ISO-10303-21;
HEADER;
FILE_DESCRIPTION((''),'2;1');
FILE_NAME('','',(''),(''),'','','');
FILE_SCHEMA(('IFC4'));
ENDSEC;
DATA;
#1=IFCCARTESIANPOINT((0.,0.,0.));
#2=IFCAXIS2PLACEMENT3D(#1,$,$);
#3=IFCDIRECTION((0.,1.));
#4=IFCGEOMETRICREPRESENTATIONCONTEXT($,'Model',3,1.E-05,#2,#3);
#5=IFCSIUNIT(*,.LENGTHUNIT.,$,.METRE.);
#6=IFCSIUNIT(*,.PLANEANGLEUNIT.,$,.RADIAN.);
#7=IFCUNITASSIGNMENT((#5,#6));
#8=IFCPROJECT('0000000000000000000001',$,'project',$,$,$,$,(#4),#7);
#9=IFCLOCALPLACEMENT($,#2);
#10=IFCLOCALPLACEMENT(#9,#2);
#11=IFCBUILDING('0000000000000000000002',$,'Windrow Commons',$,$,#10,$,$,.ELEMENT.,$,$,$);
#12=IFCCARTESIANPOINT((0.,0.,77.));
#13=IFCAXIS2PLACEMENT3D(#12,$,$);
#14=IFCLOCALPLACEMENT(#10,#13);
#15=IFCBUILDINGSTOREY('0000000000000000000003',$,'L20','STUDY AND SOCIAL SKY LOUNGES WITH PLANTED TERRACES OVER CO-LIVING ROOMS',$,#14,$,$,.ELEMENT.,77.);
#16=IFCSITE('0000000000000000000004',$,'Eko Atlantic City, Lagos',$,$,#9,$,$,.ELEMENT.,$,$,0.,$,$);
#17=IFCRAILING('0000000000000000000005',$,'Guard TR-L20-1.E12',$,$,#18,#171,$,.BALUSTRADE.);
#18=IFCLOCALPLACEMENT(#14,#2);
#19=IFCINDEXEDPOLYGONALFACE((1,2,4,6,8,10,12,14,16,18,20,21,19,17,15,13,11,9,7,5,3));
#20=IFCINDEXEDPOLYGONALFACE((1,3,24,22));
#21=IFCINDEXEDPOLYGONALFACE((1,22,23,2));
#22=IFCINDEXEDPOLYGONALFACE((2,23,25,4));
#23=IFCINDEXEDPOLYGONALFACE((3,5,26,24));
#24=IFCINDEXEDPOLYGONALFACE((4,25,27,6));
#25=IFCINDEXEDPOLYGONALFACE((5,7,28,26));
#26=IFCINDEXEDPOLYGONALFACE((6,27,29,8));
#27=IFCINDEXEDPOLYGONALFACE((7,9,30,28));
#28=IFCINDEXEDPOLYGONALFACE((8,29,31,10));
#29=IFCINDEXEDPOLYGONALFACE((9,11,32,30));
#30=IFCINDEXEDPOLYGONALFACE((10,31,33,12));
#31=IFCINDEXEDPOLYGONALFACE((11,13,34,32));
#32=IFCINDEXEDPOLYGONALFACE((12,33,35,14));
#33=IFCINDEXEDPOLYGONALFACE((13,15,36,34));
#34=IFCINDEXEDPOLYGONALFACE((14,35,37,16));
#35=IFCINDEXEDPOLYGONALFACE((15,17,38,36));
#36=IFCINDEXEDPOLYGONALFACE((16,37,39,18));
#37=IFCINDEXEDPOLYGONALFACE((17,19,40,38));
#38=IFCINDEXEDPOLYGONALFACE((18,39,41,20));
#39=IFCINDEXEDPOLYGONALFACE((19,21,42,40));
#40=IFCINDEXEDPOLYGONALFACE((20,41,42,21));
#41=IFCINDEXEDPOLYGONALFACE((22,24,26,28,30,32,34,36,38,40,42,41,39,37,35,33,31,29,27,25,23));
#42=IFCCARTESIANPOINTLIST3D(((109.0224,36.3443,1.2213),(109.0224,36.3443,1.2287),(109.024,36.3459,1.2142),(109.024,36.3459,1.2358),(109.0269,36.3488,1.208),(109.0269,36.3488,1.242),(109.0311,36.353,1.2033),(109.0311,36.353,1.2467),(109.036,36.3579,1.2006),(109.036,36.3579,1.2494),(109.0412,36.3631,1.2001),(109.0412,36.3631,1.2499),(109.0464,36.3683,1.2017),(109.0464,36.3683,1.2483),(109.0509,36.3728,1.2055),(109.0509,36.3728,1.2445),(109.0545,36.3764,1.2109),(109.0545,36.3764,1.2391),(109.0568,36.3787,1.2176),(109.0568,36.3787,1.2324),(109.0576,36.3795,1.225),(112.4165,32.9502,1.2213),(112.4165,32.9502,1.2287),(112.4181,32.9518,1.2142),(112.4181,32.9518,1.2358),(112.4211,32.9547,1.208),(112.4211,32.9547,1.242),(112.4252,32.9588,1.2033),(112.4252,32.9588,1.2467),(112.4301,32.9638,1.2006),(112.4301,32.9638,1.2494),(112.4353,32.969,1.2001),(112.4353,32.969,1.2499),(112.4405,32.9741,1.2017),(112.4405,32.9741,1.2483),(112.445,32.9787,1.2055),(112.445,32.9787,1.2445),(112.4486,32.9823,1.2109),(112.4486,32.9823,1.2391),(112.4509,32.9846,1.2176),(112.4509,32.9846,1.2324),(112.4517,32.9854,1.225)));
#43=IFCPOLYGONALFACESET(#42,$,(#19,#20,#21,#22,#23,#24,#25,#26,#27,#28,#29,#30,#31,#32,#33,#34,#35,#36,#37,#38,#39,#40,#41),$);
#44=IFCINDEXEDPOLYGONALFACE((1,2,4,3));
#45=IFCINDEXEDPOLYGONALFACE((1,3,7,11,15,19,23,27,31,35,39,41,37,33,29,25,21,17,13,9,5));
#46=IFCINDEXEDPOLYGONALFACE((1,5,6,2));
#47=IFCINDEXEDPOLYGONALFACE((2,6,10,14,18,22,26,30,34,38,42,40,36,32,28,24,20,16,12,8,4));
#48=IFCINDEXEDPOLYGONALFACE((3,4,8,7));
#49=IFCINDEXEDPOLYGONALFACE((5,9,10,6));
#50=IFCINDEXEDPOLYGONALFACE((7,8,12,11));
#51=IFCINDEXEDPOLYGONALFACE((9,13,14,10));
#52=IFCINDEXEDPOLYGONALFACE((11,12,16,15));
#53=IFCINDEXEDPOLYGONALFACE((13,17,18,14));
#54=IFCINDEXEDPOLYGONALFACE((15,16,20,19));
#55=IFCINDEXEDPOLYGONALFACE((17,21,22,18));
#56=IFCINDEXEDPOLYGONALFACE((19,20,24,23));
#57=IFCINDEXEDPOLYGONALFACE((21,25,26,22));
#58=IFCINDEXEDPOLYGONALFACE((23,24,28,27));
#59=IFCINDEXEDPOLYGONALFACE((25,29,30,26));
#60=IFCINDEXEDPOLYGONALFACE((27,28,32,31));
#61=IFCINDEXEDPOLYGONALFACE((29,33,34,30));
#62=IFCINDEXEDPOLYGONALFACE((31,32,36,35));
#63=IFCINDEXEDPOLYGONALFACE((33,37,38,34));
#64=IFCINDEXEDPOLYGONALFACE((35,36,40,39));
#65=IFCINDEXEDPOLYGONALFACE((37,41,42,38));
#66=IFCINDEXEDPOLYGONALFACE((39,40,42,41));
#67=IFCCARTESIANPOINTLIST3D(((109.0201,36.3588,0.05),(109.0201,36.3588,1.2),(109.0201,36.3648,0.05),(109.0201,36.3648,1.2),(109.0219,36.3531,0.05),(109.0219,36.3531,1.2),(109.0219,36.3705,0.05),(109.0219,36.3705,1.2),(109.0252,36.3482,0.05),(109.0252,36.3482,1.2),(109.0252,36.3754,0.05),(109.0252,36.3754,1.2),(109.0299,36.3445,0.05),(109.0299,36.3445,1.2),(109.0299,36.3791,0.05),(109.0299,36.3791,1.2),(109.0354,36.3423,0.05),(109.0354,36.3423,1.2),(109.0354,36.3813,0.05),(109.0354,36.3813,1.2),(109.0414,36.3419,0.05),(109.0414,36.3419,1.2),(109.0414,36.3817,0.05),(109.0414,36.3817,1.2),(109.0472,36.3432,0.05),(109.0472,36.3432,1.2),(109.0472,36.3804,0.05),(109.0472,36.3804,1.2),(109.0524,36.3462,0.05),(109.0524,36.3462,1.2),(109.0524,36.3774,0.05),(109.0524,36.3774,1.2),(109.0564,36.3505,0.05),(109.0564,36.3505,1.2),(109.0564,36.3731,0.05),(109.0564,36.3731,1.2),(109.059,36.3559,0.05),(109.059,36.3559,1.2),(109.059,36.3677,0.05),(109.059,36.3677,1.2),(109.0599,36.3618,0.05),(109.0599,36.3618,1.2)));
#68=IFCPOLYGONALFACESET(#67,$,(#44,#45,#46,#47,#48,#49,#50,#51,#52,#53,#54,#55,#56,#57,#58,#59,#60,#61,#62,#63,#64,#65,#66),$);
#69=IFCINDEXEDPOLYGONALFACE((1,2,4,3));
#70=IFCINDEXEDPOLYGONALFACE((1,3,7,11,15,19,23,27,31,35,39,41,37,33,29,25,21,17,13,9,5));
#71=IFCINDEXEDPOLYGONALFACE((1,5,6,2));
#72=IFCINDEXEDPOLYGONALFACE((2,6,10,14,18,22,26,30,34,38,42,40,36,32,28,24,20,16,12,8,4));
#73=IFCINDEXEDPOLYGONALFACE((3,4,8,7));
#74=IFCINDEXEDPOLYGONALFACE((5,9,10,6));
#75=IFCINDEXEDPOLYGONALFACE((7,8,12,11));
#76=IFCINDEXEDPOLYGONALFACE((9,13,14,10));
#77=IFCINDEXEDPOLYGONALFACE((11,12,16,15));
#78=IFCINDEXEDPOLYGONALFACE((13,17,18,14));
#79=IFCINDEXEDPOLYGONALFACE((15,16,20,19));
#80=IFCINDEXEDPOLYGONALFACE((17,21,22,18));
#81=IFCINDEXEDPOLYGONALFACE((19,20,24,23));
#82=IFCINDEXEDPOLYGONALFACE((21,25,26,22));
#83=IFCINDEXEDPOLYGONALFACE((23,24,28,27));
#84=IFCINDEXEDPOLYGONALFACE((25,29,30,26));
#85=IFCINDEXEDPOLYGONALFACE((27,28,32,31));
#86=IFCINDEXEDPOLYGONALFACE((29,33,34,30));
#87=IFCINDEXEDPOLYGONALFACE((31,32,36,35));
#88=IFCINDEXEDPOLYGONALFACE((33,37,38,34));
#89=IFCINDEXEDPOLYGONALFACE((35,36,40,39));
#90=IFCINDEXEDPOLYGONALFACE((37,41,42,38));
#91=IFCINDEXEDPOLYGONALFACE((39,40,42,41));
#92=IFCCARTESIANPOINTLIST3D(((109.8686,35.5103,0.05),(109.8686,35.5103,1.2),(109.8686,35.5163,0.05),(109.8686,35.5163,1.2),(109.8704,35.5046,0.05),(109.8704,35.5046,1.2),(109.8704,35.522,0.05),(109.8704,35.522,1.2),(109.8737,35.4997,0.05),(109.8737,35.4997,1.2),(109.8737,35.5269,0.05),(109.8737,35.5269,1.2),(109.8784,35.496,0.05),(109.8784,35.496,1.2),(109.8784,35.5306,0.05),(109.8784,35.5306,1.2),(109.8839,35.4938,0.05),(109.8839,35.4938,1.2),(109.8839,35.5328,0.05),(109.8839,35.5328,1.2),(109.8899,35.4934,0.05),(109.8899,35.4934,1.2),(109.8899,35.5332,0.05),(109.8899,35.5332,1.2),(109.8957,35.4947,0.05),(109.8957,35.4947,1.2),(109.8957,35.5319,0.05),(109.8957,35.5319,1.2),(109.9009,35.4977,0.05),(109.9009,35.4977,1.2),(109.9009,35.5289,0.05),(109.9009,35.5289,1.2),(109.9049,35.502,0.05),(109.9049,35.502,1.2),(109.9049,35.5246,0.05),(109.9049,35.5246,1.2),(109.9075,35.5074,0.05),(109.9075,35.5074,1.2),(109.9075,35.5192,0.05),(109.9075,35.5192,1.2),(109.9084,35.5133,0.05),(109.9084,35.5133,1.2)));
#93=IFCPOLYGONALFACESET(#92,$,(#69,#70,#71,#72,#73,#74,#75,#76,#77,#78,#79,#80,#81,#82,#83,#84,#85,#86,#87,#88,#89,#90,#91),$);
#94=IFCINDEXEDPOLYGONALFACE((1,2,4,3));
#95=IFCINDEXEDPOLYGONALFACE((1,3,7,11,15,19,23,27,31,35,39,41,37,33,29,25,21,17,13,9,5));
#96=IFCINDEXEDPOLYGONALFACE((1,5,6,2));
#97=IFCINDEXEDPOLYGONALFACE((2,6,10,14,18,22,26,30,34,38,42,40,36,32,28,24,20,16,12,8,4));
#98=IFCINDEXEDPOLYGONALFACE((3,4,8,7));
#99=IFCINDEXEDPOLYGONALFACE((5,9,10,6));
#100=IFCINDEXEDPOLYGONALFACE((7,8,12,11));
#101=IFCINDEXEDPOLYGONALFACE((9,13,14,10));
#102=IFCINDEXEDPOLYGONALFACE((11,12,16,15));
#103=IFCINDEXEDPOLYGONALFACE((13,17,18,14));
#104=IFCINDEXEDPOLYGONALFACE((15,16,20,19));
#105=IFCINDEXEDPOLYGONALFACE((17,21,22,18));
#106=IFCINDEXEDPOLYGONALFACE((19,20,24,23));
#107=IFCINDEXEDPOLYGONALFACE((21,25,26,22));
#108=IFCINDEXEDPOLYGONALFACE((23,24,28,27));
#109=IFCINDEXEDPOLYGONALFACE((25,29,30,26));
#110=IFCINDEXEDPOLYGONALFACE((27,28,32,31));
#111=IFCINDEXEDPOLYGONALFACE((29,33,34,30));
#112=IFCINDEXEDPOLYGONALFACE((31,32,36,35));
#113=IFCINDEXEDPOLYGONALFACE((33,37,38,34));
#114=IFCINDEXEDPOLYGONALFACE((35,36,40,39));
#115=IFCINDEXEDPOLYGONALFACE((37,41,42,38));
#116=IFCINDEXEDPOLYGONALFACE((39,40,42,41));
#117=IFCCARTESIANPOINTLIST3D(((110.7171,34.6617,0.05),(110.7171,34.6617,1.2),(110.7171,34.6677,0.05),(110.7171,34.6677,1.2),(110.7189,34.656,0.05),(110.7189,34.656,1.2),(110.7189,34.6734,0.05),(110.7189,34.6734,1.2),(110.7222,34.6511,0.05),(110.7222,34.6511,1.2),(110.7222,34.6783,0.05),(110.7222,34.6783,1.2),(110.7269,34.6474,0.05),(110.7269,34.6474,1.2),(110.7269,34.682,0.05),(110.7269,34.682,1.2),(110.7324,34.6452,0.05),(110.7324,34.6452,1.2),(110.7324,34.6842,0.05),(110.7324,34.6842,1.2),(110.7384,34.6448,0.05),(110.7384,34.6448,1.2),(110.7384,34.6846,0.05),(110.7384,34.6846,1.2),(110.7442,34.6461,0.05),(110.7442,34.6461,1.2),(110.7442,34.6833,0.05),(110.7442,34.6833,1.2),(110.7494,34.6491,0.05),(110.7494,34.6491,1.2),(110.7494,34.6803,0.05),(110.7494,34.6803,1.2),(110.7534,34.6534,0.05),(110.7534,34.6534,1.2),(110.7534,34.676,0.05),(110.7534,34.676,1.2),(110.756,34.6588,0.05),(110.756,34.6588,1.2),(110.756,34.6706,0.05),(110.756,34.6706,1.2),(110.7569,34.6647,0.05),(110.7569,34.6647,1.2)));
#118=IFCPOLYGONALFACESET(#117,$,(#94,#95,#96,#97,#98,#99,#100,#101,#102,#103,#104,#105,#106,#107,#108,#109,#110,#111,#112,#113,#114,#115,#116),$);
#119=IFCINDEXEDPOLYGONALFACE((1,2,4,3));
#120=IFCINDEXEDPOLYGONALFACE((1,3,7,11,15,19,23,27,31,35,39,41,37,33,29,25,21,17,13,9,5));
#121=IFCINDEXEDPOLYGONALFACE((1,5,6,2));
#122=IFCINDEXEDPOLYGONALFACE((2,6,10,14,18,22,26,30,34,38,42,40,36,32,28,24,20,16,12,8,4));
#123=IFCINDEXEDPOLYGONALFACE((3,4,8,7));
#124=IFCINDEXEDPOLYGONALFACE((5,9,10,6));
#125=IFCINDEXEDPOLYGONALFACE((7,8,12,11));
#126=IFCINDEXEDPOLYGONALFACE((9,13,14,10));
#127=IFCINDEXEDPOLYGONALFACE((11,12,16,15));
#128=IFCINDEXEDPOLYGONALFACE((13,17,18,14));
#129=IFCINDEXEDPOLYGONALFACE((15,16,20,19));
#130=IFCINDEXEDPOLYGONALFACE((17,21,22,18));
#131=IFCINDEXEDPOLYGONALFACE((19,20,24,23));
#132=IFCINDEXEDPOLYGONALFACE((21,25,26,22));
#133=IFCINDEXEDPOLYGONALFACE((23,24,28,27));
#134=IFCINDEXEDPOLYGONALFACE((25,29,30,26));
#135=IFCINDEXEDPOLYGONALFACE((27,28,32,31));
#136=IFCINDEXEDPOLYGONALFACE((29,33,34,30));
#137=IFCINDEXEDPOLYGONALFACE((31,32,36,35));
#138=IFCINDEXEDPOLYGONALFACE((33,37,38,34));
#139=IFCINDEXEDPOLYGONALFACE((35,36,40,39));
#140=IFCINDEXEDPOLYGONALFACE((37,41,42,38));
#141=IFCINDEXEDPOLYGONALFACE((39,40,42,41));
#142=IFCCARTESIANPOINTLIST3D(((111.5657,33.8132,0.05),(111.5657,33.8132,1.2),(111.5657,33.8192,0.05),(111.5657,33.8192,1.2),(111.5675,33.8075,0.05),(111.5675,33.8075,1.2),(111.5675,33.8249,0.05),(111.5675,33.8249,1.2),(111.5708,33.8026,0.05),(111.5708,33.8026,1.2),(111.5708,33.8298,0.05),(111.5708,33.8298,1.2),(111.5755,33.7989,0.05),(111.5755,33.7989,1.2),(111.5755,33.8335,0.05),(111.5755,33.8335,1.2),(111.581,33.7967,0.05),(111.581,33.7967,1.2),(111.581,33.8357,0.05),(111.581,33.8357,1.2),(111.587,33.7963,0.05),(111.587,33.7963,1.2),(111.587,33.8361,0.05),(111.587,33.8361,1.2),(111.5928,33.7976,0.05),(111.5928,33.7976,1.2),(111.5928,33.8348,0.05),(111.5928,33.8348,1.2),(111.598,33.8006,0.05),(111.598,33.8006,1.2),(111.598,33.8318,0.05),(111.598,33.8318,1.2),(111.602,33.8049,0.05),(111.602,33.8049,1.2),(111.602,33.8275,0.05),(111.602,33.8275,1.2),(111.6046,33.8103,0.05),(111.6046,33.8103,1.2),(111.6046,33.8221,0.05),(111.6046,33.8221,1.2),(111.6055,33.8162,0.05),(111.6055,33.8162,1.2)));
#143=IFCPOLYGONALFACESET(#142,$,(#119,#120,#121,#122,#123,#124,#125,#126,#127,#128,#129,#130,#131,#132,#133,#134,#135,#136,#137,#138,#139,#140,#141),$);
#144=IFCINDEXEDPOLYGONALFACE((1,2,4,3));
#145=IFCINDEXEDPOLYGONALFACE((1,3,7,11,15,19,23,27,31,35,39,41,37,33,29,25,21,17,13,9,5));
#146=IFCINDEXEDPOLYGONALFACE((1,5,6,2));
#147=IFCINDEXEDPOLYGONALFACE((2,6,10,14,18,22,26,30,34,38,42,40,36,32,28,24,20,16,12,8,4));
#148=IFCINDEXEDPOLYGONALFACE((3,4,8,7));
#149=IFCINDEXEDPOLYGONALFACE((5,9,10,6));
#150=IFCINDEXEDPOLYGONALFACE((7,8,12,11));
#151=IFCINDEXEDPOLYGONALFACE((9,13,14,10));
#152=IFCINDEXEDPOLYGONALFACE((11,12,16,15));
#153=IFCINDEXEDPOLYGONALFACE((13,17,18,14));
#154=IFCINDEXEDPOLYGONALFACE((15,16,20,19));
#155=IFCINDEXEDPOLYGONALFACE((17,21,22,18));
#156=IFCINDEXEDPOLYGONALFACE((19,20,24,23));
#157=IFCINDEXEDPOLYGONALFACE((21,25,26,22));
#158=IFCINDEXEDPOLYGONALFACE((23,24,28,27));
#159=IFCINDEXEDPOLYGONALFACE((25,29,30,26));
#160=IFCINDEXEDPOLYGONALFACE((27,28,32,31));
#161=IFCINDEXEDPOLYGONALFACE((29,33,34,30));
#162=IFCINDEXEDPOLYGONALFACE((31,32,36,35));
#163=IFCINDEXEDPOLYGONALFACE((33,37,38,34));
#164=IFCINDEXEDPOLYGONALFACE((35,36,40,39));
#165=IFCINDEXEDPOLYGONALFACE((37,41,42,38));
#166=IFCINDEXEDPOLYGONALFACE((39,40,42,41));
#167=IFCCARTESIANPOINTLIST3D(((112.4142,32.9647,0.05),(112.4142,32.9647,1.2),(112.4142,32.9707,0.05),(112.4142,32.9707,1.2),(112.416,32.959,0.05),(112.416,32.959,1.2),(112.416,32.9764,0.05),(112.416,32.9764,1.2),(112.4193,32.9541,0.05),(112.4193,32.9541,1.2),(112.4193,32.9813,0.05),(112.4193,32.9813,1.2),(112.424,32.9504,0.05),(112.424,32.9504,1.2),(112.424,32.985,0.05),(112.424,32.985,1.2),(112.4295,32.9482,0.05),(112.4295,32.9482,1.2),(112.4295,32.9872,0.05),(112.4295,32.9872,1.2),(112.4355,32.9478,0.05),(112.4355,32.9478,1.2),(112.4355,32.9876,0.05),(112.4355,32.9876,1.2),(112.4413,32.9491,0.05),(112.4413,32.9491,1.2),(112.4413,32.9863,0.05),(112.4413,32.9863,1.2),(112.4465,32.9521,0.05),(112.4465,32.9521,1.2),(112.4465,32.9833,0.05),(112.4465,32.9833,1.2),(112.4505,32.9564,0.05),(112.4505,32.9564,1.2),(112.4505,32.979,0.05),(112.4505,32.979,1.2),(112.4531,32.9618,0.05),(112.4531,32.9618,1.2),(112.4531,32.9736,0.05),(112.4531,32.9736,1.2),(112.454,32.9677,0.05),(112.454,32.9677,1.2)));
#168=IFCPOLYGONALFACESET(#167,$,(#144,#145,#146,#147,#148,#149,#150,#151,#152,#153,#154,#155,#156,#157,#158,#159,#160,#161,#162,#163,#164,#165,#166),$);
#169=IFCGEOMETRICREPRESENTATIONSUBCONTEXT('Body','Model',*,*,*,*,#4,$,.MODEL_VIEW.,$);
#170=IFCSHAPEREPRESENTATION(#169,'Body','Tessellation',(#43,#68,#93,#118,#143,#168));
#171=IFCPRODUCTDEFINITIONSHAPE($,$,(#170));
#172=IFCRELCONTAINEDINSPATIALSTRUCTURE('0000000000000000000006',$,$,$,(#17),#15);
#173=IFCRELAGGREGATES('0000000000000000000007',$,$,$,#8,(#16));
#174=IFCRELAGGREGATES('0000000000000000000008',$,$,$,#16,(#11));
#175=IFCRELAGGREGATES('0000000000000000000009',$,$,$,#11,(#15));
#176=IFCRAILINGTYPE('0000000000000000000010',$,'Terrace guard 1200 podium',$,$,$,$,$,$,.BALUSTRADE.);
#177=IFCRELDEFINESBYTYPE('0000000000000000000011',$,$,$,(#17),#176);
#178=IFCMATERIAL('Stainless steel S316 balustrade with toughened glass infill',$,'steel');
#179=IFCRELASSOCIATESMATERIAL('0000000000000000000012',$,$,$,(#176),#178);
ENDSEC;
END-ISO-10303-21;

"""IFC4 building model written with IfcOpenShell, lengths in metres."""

from ifc_helpers import new_model, si_unit, direction, frame, origin, origin_2d, place, context, subcontext, project, spatial, circle, extrude, material, type_object, element, save


model = new_model("IFC4")

# Units and contexts
model_context = context("Model", 3, precision=1e-05, world=origin(), true_north=direction((0.0, 1.0)))
body_context = subcontext(model_context, "Body", "Model", "MODEL_VIEW")
ifc_project = project(units=[si_unit("LENGTHUNIT", "METRE"), si_unit("PLANEANGLEUNIT", "RADIAN")], contexts=[model_context])

# Site, building, storey
site_placement = place(None, origin())
site = spatial("IfcSite", under=ifc_project, at=site_placement, Name="Eko Atlantic City, Lagos", CompositionType="ELEMENT", RefElevation=0.0)
building_placement = place(site_placement, origin())
building = spatial("IfcBuilding", under=site, at=building_placement, Name="Windrow Commons", CompositionType="ELEMENT")
storey_placement = place(building_placement, frame((0.0, 0.0, 77.0)))
storey = spatial("IfcBuildingStorey", under=building, at=storey_placement, Name="L20", Description="STUDY AND SOCIAL SKY LOUNGES WITH PLANTED TERRACES OVER CO-LIVING ROOMS", CompositionType="ELEMENT", Elevation=77.0)

# Railing
ifc_material_1 = material(Name="Stainless steel S316 balustrade with toughened glass infill", Category="steel")
railing_type = type_object("IfcRailingType", Name="Terrace guard 1200 podium", PredefinedType="BALUSTRADE", material=ifc_material_1)
railing_1_placement = place(storey_placement, frame((109.0399, 36.3618, 0.05)))
element("IfcRailing", 1, at=railing_1_placement, inside=storey, type_object=railing_type, Name="Guard TR-L20-1.E12", PredefinedType="BALUSTRADE", context=body_context, shape_type="SweptSolid", body=[
    extrude(circle(Radius=0.025, at=origin_2d()), frame((0.0, 0.0, 1.175), z_axis=(0.707107, -0.707107, 0.0), x_axis=(0.707107, 0.707107, 0.0)), (0.0, 0.0, 1.0), 4.8),
    extrude(circle(Radius=0.02, at=origin_2d()), origin(), (0.0, 0.0, 1.0), 1.15),
    extrude(circle(Radius=0.02, at=origin_2d()), frame((0.8485, -0.8485, 0.0)), (0.0, 0.0, 1.0), 1.15),
    extrude(circle(Radius=0.02, at=origin_2d()), frame((1.697, -1.6971, 0.0)), (0.0, 0.0, 1.0), 1.15),
    extrude(circle(Radius=0.02, at=origin_2d()), frame((2.5456, -2.5456, 0.0)), (0.0, 0.0, 1.0), 1.15),
    extrude(circle(Radius=0.02, at=origin_2d()), frame((3.3941, -3.3941, 0.0)), (0.0, 0.0, 1.0), 1.15),
])

save(model, "model.ifc")
